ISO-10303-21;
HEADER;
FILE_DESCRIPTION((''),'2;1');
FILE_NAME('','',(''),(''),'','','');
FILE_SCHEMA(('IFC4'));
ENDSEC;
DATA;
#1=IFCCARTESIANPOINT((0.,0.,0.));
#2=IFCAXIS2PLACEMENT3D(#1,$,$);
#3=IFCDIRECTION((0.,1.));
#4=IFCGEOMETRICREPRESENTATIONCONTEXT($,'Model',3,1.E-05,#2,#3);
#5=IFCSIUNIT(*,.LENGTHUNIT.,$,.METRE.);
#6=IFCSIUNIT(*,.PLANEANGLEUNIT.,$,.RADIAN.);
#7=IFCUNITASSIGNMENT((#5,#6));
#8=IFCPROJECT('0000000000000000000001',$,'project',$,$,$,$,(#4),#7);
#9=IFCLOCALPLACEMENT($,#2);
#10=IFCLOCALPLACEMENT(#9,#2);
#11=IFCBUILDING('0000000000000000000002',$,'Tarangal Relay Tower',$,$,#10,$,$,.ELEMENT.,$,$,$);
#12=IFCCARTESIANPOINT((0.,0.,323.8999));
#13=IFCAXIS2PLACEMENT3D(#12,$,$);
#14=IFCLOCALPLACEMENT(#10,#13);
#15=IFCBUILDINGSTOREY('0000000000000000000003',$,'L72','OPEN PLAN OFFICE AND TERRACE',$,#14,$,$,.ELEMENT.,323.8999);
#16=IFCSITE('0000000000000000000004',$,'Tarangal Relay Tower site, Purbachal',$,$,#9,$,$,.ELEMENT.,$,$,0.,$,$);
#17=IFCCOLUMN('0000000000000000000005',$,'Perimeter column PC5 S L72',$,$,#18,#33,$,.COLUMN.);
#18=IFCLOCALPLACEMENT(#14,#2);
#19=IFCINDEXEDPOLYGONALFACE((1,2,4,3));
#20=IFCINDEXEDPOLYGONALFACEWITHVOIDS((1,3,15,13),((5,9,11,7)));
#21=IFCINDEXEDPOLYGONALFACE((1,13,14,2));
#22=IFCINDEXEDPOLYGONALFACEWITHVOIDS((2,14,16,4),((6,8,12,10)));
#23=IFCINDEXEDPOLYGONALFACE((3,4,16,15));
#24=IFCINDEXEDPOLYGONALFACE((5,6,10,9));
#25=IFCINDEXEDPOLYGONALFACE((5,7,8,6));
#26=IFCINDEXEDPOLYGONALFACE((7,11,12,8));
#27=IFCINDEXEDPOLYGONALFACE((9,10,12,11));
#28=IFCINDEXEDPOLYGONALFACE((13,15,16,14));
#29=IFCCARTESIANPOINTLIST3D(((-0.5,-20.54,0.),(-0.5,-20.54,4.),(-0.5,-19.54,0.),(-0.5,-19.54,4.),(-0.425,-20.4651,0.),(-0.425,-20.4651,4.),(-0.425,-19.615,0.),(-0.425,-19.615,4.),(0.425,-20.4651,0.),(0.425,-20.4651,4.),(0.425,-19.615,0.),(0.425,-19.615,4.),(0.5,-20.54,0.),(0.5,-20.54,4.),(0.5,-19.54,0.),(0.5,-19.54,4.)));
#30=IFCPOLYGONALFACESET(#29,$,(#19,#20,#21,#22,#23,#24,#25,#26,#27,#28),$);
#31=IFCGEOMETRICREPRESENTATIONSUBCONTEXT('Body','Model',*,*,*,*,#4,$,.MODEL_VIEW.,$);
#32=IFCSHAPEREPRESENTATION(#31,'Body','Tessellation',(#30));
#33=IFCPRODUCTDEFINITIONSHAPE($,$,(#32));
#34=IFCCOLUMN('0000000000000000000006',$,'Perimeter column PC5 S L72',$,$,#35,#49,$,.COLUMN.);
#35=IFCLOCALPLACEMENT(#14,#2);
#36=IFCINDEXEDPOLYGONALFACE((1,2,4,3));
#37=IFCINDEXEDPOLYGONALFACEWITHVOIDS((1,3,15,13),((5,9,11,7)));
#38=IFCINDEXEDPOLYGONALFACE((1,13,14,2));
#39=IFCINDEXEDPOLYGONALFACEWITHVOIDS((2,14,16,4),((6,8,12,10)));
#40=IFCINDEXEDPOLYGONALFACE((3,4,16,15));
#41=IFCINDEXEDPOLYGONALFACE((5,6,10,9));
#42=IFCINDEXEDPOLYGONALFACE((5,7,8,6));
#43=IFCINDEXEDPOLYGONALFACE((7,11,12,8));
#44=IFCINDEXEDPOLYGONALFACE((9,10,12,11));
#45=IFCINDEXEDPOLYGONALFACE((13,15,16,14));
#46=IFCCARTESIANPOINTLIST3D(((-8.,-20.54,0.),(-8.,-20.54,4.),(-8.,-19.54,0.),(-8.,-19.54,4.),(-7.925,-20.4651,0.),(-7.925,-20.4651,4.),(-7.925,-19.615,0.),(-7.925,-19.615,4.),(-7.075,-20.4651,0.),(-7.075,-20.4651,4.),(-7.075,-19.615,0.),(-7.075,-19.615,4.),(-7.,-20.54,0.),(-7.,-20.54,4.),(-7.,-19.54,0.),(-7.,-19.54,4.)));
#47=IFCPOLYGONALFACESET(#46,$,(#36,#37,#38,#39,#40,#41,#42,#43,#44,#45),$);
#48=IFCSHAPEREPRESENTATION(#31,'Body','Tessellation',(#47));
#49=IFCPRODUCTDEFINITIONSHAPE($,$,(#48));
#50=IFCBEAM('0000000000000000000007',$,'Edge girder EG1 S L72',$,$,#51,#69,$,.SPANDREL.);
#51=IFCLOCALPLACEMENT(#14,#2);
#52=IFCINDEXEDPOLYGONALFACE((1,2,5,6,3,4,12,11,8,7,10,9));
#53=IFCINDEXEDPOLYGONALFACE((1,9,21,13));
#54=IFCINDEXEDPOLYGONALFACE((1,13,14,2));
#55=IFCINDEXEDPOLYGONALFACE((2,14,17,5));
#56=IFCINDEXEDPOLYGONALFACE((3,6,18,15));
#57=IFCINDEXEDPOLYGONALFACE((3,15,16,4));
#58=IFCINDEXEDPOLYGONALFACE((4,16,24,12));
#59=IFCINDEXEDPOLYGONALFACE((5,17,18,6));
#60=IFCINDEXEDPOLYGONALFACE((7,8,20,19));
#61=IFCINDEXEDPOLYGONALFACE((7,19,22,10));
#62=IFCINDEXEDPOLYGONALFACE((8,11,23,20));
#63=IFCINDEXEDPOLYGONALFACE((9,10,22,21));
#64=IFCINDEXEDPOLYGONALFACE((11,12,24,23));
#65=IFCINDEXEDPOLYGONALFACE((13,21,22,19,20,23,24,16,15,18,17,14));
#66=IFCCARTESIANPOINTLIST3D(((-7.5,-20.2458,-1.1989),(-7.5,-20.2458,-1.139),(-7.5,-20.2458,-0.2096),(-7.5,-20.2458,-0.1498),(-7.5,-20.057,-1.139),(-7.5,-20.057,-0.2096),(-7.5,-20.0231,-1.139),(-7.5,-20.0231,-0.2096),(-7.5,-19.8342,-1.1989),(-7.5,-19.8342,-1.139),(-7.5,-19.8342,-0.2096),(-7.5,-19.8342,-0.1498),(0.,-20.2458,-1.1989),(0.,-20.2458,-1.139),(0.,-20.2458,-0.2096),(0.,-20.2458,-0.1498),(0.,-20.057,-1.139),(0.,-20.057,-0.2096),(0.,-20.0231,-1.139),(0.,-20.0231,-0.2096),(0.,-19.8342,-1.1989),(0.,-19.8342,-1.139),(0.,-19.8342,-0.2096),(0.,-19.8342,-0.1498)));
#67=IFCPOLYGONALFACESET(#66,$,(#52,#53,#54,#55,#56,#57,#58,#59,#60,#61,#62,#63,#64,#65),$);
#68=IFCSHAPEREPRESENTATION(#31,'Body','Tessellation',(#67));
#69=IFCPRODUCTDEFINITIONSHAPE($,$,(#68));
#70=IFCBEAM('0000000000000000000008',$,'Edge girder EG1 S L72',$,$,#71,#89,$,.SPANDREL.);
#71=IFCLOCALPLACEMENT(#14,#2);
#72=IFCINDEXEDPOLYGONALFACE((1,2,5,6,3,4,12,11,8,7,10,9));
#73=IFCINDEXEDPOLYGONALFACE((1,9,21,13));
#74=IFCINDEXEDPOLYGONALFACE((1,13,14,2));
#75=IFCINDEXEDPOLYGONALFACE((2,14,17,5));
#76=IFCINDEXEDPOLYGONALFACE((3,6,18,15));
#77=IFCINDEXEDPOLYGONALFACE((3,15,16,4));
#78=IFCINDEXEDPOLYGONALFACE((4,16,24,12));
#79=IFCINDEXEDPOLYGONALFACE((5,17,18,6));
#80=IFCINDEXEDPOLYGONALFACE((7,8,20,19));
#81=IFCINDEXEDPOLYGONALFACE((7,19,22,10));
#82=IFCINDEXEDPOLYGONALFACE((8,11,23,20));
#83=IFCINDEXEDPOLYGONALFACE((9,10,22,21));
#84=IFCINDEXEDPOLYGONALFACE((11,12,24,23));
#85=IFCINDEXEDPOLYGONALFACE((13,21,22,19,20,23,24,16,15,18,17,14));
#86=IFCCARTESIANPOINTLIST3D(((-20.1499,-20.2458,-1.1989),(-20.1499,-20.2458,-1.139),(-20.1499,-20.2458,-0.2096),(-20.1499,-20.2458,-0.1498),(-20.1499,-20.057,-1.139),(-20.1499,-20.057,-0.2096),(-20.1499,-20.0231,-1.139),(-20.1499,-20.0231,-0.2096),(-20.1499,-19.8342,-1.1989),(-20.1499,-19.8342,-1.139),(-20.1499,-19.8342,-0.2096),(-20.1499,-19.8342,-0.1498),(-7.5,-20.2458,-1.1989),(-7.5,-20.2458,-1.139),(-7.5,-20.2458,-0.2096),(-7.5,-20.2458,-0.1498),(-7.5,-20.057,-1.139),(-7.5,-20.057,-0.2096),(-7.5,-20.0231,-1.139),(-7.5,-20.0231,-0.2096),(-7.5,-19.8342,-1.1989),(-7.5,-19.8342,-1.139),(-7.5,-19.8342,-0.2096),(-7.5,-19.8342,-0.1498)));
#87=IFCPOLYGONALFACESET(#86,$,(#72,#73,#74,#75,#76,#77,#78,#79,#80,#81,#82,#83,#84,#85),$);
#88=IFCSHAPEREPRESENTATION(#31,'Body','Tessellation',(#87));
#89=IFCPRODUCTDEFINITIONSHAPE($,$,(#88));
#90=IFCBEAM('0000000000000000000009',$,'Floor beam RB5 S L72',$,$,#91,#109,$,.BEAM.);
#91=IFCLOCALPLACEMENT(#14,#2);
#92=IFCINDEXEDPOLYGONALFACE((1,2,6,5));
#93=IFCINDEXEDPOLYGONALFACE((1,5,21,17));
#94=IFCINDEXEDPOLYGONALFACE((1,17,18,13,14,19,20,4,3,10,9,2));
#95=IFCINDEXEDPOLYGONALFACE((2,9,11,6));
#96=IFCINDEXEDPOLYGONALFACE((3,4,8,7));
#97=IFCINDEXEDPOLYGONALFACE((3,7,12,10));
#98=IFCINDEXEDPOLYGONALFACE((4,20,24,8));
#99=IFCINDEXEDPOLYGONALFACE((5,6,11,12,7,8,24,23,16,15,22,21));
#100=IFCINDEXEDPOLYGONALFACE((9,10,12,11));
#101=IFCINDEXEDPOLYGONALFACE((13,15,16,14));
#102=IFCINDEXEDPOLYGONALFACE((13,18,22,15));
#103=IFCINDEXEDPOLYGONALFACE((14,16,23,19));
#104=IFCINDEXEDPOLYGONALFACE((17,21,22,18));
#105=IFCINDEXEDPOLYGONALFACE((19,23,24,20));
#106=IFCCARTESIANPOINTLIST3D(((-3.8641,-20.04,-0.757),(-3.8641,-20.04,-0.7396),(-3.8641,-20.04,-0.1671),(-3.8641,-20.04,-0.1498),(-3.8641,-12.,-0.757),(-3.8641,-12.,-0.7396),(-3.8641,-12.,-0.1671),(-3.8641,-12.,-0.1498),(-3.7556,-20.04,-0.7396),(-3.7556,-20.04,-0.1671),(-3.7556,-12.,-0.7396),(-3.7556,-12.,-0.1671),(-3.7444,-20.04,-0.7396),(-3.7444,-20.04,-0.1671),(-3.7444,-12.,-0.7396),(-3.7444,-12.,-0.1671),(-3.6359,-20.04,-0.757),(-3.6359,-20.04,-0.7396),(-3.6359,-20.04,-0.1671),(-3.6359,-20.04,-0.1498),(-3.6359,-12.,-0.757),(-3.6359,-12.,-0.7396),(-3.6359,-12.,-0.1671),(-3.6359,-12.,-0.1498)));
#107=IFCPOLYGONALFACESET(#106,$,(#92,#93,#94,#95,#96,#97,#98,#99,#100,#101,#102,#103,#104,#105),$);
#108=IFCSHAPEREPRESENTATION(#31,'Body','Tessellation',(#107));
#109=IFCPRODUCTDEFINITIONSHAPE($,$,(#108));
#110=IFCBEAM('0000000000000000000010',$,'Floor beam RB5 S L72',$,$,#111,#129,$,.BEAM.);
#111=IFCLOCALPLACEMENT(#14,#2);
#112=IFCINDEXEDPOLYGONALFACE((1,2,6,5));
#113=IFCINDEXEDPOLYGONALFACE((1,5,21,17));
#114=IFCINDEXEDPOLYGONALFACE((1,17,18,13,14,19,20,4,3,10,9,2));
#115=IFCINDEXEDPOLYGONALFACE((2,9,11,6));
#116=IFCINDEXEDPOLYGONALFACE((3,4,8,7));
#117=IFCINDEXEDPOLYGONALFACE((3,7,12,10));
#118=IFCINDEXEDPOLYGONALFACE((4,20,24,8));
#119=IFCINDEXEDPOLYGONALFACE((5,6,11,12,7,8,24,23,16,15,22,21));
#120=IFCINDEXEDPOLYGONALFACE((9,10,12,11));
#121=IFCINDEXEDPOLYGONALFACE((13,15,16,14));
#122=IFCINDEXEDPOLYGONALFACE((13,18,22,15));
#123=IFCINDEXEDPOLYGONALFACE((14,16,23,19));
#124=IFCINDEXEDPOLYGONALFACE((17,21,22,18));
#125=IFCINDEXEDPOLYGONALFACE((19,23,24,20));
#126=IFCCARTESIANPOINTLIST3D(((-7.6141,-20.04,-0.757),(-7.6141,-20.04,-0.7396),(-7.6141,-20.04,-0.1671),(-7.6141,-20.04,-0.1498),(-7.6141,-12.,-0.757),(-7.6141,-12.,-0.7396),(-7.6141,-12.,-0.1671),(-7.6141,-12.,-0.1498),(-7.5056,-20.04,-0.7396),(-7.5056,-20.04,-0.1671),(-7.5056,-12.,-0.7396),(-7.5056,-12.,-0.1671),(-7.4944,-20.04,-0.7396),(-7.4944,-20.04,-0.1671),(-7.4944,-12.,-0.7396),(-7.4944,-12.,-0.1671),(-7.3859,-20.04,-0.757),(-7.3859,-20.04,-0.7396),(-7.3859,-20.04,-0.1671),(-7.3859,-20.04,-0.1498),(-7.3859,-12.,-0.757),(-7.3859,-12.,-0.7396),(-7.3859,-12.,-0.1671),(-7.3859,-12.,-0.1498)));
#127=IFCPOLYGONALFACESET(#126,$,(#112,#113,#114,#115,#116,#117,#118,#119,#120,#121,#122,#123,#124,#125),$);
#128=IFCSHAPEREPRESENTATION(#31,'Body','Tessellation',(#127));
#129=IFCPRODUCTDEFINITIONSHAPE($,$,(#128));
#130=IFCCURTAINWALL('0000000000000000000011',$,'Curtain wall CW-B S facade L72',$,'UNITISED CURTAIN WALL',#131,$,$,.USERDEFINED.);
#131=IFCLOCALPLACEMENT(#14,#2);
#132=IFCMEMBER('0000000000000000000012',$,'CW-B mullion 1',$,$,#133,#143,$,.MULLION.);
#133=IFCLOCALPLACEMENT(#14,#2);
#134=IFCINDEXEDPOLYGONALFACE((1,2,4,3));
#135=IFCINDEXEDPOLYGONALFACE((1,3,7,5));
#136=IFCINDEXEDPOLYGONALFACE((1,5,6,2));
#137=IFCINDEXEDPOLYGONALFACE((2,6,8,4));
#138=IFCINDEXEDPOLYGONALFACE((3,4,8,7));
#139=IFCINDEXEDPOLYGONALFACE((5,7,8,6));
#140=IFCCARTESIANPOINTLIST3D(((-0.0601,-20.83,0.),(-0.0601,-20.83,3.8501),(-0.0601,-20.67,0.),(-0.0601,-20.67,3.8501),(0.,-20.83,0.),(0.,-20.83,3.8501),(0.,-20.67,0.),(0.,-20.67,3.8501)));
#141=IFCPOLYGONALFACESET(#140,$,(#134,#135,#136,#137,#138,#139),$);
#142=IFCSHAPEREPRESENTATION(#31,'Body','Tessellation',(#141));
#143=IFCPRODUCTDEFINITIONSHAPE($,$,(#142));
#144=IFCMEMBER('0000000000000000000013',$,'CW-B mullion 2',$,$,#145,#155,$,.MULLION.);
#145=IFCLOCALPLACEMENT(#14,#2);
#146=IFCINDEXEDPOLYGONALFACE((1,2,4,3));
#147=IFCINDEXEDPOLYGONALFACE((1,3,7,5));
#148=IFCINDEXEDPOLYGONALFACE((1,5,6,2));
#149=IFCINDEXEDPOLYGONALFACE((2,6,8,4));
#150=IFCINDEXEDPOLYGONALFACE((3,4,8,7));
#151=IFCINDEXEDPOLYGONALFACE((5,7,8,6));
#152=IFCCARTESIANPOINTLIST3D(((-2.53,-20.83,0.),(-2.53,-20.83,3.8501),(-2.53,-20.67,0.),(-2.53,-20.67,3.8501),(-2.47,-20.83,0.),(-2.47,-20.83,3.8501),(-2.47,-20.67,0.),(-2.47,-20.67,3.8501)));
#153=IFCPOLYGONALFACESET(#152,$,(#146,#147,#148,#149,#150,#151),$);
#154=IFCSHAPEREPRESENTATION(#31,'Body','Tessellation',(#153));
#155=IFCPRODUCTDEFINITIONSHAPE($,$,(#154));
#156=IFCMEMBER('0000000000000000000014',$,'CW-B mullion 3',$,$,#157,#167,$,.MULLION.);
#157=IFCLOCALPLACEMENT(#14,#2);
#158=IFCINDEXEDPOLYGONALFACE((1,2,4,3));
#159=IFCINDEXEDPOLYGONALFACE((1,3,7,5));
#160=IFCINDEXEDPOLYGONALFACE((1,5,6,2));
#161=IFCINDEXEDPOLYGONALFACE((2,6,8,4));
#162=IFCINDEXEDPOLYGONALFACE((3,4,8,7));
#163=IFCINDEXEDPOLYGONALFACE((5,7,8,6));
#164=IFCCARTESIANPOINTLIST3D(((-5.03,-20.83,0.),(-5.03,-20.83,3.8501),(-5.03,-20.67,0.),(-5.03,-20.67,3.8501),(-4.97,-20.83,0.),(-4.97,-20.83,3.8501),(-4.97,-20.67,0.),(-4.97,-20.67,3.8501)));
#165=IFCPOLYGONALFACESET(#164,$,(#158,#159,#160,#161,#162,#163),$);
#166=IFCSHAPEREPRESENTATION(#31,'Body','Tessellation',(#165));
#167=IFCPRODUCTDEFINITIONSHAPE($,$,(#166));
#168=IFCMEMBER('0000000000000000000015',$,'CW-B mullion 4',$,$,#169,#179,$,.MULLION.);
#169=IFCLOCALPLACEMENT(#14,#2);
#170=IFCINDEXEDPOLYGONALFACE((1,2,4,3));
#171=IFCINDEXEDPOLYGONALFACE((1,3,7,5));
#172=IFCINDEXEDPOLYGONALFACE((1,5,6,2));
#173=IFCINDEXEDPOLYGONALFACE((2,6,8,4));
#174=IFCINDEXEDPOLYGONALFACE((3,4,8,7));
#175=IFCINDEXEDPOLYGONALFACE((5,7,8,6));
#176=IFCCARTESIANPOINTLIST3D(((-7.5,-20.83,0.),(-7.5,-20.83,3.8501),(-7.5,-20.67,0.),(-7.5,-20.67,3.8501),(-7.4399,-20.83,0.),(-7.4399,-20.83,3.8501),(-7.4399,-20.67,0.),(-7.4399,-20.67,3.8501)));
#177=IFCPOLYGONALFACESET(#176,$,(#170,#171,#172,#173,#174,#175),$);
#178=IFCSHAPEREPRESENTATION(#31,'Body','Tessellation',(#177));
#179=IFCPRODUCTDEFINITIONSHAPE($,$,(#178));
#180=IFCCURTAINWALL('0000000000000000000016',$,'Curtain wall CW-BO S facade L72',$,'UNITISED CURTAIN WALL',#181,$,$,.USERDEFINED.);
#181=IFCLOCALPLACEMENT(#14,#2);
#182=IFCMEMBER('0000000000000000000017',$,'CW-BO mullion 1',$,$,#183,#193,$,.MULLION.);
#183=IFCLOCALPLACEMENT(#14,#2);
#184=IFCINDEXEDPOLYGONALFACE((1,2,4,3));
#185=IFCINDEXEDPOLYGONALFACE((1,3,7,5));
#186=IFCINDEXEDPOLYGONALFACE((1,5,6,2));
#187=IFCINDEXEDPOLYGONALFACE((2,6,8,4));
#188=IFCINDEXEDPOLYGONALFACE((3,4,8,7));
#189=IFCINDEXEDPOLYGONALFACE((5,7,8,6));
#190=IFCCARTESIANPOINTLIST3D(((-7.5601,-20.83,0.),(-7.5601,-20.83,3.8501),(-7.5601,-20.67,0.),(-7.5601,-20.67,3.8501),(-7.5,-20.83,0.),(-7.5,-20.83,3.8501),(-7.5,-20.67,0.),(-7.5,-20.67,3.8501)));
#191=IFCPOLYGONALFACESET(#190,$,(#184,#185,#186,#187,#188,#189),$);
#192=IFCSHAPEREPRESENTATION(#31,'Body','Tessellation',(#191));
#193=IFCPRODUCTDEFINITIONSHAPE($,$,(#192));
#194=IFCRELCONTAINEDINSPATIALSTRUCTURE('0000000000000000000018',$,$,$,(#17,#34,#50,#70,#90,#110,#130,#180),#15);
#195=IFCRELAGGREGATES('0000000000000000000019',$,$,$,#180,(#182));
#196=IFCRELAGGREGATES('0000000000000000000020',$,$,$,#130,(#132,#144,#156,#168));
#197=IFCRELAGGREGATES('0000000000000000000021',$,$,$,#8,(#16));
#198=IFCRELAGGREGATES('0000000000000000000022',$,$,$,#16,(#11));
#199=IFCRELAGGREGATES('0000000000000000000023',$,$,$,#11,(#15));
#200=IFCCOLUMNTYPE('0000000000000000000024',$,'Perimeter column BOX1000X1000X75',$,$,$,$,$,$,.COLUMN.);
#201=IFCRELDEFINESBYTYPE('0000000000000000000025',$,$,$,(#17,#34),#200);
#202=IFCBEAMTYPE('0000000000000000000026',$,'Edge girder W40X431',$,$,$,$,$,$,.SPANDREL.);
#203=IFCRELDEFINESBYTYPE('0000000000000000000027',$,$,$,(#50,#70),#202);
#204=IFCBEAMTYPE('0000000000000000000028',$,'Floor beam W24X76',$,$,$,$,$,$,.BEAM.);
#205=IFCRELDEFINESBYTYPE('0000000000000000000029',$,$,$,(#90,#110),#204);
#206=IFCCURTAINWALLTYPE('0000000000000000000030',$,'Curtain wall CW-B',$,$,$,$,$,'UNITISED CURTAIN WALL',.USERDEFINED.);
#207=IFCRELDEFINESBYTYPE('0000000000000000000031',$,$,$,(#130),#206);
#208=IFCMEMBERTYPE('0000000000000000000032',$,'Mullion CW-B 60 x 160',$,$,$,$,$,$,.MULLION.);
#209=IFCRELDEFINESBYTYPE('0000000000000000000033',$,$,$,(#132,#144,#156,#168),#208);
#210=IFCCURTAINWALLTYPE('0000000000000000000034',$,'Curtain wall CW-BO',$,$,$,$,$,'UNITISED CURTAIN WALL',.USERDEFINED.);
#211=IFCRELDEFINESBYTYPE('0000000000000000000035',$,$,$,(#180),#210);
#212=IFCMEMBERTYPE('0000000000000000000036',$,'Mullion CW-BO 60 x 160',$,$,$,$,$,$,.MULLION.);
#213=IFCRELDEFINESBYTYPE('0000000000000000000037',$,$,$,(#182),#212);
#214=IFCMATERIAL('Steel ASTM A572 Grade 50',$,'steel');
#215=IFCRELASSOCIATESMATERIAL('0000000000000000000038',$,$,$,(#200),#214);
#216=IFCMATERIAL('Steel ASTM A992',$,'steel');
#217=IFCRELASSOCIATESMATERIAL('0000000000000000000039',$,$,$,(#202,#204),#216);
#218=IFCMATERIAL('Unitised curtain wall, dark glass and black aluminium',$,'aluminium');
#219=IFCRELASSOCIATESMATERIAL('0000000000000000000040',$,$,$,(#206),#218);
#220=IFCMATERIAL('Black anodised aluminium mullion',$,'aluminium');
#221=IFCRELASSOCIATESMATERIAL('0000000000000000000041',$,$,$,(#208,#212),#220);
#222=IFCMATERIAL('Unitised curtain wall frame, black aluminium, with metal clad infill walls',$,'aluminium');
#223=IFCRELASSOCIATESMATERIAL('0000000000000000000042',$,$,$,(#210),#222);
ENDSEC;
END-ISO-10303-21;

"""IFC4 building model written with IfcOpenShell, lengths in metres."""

from ifc_helpers import new_model, si_unit, direction, frame, origin, origin_2d, place, context, subcontext, project, spatial, rectangle, hollow_rectangle, i_section, extrude, material, material_profile, profile_set, type_object, element, aggregate, save


model = new_model("IFC4")

# Units and contexts
model_context = context("Model", 3, precision=1e-05, world=origin(), true_north=direction((0.0, 1.0)))
body_context = subcontext(model_context, "Body", "Model", "MODEL_VIEW")
ifc_project = project(units=[si_unit("LENGTHUNIT", "METRE"), si_unit("PLANEANGLEUNIT", "RADIAN")], contexts=[model_context])

# Site, building, storey
site_placement = place(None, origin())
site = spatial("IfcSite", under=ifc_project, at=site_placement, Name="Tarangal Relay Tower site, Purbachal", CompositionType="ELEMENT", RefElevation=0.0)
building_placement = place(site_placement, origin())
building = spatial("IfcBuilding", under=site, at=building_placement, Name="Tarangal Relay Tower", CompositionType="ELEMENT")
storey_placement = place(building_placement, frame((0.0, 0.0, 323.8999)))
storey = spatial("IfcBuildingStorey", under=building, at=storey_placement, Name="L72", Description="OPEN PLAN OFFICE AND TERRACE", CompositionType="ELEMENT", Elevation=323.8999)

# Columns
ifc_material_1 = material(Name="Steel ASTM A572 Grade 50", Category="steel")
ifc_material_profile_1 = material_profile(ifc_material_1, hollow_rectangle(XDim=1.0, YDim=1.0, WallThickness=0.075, at=origin_2d()), Name="BOX1000X1000X75")
ifc_profile_set_1 = profile_set([ifc_material_profile_1], Name="Steel ASTM A572 Grade 50")
column_type = type_object("IfcColumnType", Name="Perimeter column BOX1000X1000X75", PredefinedType="COLUMN", material=ifc_profile_set_1)
for number, where, z_axis, x_axis, name in (
    (1, (0.0, -20.04, 0.0), (0.0, 0.0, 1.0), (1.0, 0.0, 0.0), "Perimeter column PC5 S L72"),
    (2, (-7.5, -20.04, 0.0), (0.0, 0.0, 1.0), (1.0, 0.0, 0.0), "Perimeter column PC5 S L72"),
):
    element("IfcColumn", number, at=place(storey_placement, frame(where, z_axis=z_axis, x_axis=x_axis)), inside=storey, type_object=column_type, Name=name, PredefinedType="COLUMN", context=body_context, shape_type="SweptSolid", body=[
        extrude(hollow_rectangle(XDim=1.0, YDim=1.0, WallThickness=0.075, at=origin_2d()), origin(), (0.0, 0.0, 1.0), 4.0),
    ])

# Beams
ifc_material_2 = material(Name="Steel ASTM A992", Category="steel")
ifc_material_profile_2 = material_profile(ifc_material_2, i_section(OverallWidth=0.4116, OverallDepth=1.0491, WebThickness=0.0339, FlangeThickness=0.0598, at=origin_2d()), Name="W40X431")
ifc_profile_set_2 = profile_set([ifc_material_profile_2], Name="Steel ASTM A992")
beam_type_1 = type_object("IfcBeamType", Name="Edge girder W40X431", PredefinedType="SPANDREL", material=ifc_profile_set_2)
beam_1_placement = place(storey_placement, frame((0.0, -20.04, -0.6743), z_axis=(-1.0, 0.0, 0.0), x_axis=(0.0, -1.0, 0.0)))
element("IfcBeam", 3, at=beam_1_placement, inside=storey, type_object=beam_type_1, Name="Edge girder EG1 S L72", PredefinedType="SPANDREL", context=body_context, shape_type="SweptSolid", body=[
    extrude(i_section(OverallWidth=0.4116, OverallDepth=1.0491, WebThickness=0.0339, FlangeThickness=0.0598, at=origin_2d()), origin(), (0.0, 0.0, 1.0), 7.5),
])
beam_2_placement = place(storey_placement, frame((-7.5, -20.04, -0.6743), z_axis=(-1.0, 0.0, 0.0), x_axis=(0.0, -1.0, 0.0)))
element("IfcBeam", 4, at=beam_2_placement, inside=storey, type_object=beam_type_1, Name="Edge girder EG1 S L72", PredefinedType="SPANDREL", context=body_context, shape_type="SweptSolid", body=[
    extrude(i_section(OverallWidth=0.4116, OverallDepth=1.0491, WebThickness=0.0339, FlangeThickness=0.0598, at=origin_2d()), origin(), (0.0, 0.0, 1.0), 12.6499),
])
ifc_material_profile_3 = material_profile(ifc_material_2, i_section(OverallWidth=0.2283, OverallDepth=0.6072, WebThickness=0.0112, FlangeThickness=0.0173, at=origin_2d()), Name="W24X76")
ifc_profile_set_3 = profile_set([ifc_material_profile_3], Name="Steel ASTM A992")
beam_type_2 = type_object("IfcBeamType", Name="Floor beam W24X76", PredefinedType="BEAM", material=ifc_profile_set_3)
for number, where, z_axis, x_axis, name in (
    (5, (-3.75, -12.0, -0.4534), (0.0, -1.0, 0.0), (1.0, 0.0, 0.0), "Floor beam RB5 S L72"),
    (6, (-7.5, -12.0, -0.4534), (0.0, -1.0, 0.0), (1.0, 0.0, 0.0), "Floor beam RB5 S L72"),
):
    element("IfcBeam", number, at=place(storey_placement, frame(where, z_axis=z_axis, x_axis=x_axis)), inside=storey, type_object=beam_type_2, Name=name, PredefinedType="BEAM", context=body_context, shape_type="SweptSolid", body=[
        extrude(i_section(OverallWidth=0.2283, OverallDepth=0.6072, WebThickness=0.0112, FlangeThickness=0.0173, at=origin_2d()), origin(), (0.0, 0.0, 1.0), 8.04),
    ])

# Curtain walls, members
ifc_material_3 = material(Name="Unitised curtain wall, dark glass and black aluminium", Category="aluminium")
curtain_wall_type_1 = type_object("IfcCurtainWallType", Name="Curtain wall CW-B", ElementType="UNITISED CURTAIN WALL", PredefinedType="USERDEFINED", material=ifc_material_3)
curtain_wall_1_placement = place(storey_placement, origin())
curtain_wall_1 = element("IfcCurtainWall", 7, at=curtain_wall_1_placement, inside=storey, type_object=curtain_wall_type_1, Name="Curtain wall CW-B S facade L72", ObjectType="UNITISED CURTAIN WALL", PredefinedType="USERDEFINED")
ifc_material_4 = material(Name="Black anodised aluminium mullion", Category="aluminium")
ifc_material_profile_4 = material_profile(ifc_material_4, rectangle(XDim=0.1599, YDim=0.0601, at=origin_2d()), Name="CW-BM 60X160")
ifc_profile_set_4 = profile_set([ifc_material_profile_4], Name="Black anodised aluminium mullion")
member_type_1 = type_object("IfcMemberType", Name="Mullion CW-B 60 x 160", PredefinedType="MULLION", material=ifc_profile_set_4)
member_1_placement = place(storey_placement, frame((-0.03, -20.75, 0.0), z_axis=(0.0, 0.0, 1.0), x_axis=(0.0, -1.0, 0.0)))
member_1 = element("IfcMember", 8, at=member_1_placement, type_object=member_type_1, Name="CW-B mullion 1", PredefinedType="MULLION", context=body_context, shape_type="SweptSolid", body=[
    extrude(rectangle(XDim=0.1599, YDim=0.0601, at=origin_2d()), origin(), (0.0, 0.0, 1.0), 3.8501),
])
member_2_placement = place(storey_placement, frame((-2.5, -20.75, 0.0), z_axis=(0.0, 0.0, 1.0), x_axis=(0.0, -1.0, 0.0)))
member_2 = element("IfcMember", 9, at=member_2_placement, type_object=member_type_1, Name="CW-B mullion 2", PredefinedType="MULLION", context=body_context, shape_type="SweptSolid", body=[
    extrude(rectangle(XDim=0.1599, YDim=0.0601, at=origin_2d()), origin(), (0.0, 0.0, 1.0), 3.8501),
])
member_3_placement = place(storey_placement, frame((-5.0, -20.75, 0.0), z_axis=(0.0, 0.0, 1.0), x_axis=(0.0, -1.0, 0.0)))
member_3 = element("IfcMember", 10, at=member_3_placement, type_object=member_type_1, Name="CW-B mullion 3", PredefinedType="MULLION", context=body_context, shape_type="SweptSolid", body=[
    extrude(rectangle(XDim=0.1599, YDim=0.0601, at=origin_2d()), origin(), (0.0, 0.0, 1.0), 3.8501),
])
member_4_placement = place(storey_placement, frame((-7.47, -20.75, 0.0), z_axis=(0.0, 0.0, 1.0), x_axis=(0.0, -1.0, 0.0)))
member_4 = element("IfcMember", 11, at=member_4_placement, type_object=member_type_1, Name="CW-B mullion 4", PredefinedType="MULLION", context=body_context, shape_type="SweptSolid", body=[
    extrude(rectangle(XDim=0.1599, YDim=0.0601, at=origin_2d()), origin(), (0.0, 0.0, 1.0), 3.8501),
])
ifc_material_5 = material(Name="Unitised curtain wall frame, black aluminium, with metal clad infill walls", Category="aluminium")
curtain_wall_type_2 = type_object("IfcCurtainWallType", Name="Curtain wall CW-BO", ElementType="UNITISED CURTAIN WALL", PredefinedType="USERDEFINED", material=ifc_material_5)
curtain_wall_2_placement = place(storey_placement, origin())
curtain_wall_2 = element("IfcCurtainWall", 12, at=curtain_wall_2_placement, inside=storey, type_object=curtain_wall_type_2, Name="Curtain wall CW-BO S facade L72", ObjectType="UNITISED CURTAIN WALL", PredefinedType="USERDEFINED")
ifc_material_profile_5 = material_profile(ifc_material_4, rectangle(XDim=0.1599, YDim=0.0601, at=origin_2d()), Name="CW-BOM 60X160")
ifc_profile_set_5 = profile_set([ifc_material_profile_5], Name="Black anodised aluminium mullion")
member_type_2 = type_object("IfcMemberType", Name="Mullion CW-BO 60 x 160", PredefinedType="MULLION", material=ifc_profile_set_5)
member_5_placement = place(storey_placement, frame((-7.53, -20.75, 0.0), z_axis=(0.0, 0.0, 1.0), x_axis=(0.0, -1.0, 0.0)))
member_5 = element("IfcMember", 13, at=member_5_placement, type_object=member_type_2, Name="CW-BO mullion 1", PredefinedType="MULLION", context=body_context, shape_type="SweptSolid", body=[
    extrude(rectangle(XDim=0.1599, YDim=0.0601, at=origin_2d()), origin(), (0.0, 0.0, 1.0), 3.8501),
])

aggregate(curtain_wall_2, [member_5])

aggregate(curtain_wall_1, [member_1, member_2, member_3, member_4])

save(model, "model.ifc")
